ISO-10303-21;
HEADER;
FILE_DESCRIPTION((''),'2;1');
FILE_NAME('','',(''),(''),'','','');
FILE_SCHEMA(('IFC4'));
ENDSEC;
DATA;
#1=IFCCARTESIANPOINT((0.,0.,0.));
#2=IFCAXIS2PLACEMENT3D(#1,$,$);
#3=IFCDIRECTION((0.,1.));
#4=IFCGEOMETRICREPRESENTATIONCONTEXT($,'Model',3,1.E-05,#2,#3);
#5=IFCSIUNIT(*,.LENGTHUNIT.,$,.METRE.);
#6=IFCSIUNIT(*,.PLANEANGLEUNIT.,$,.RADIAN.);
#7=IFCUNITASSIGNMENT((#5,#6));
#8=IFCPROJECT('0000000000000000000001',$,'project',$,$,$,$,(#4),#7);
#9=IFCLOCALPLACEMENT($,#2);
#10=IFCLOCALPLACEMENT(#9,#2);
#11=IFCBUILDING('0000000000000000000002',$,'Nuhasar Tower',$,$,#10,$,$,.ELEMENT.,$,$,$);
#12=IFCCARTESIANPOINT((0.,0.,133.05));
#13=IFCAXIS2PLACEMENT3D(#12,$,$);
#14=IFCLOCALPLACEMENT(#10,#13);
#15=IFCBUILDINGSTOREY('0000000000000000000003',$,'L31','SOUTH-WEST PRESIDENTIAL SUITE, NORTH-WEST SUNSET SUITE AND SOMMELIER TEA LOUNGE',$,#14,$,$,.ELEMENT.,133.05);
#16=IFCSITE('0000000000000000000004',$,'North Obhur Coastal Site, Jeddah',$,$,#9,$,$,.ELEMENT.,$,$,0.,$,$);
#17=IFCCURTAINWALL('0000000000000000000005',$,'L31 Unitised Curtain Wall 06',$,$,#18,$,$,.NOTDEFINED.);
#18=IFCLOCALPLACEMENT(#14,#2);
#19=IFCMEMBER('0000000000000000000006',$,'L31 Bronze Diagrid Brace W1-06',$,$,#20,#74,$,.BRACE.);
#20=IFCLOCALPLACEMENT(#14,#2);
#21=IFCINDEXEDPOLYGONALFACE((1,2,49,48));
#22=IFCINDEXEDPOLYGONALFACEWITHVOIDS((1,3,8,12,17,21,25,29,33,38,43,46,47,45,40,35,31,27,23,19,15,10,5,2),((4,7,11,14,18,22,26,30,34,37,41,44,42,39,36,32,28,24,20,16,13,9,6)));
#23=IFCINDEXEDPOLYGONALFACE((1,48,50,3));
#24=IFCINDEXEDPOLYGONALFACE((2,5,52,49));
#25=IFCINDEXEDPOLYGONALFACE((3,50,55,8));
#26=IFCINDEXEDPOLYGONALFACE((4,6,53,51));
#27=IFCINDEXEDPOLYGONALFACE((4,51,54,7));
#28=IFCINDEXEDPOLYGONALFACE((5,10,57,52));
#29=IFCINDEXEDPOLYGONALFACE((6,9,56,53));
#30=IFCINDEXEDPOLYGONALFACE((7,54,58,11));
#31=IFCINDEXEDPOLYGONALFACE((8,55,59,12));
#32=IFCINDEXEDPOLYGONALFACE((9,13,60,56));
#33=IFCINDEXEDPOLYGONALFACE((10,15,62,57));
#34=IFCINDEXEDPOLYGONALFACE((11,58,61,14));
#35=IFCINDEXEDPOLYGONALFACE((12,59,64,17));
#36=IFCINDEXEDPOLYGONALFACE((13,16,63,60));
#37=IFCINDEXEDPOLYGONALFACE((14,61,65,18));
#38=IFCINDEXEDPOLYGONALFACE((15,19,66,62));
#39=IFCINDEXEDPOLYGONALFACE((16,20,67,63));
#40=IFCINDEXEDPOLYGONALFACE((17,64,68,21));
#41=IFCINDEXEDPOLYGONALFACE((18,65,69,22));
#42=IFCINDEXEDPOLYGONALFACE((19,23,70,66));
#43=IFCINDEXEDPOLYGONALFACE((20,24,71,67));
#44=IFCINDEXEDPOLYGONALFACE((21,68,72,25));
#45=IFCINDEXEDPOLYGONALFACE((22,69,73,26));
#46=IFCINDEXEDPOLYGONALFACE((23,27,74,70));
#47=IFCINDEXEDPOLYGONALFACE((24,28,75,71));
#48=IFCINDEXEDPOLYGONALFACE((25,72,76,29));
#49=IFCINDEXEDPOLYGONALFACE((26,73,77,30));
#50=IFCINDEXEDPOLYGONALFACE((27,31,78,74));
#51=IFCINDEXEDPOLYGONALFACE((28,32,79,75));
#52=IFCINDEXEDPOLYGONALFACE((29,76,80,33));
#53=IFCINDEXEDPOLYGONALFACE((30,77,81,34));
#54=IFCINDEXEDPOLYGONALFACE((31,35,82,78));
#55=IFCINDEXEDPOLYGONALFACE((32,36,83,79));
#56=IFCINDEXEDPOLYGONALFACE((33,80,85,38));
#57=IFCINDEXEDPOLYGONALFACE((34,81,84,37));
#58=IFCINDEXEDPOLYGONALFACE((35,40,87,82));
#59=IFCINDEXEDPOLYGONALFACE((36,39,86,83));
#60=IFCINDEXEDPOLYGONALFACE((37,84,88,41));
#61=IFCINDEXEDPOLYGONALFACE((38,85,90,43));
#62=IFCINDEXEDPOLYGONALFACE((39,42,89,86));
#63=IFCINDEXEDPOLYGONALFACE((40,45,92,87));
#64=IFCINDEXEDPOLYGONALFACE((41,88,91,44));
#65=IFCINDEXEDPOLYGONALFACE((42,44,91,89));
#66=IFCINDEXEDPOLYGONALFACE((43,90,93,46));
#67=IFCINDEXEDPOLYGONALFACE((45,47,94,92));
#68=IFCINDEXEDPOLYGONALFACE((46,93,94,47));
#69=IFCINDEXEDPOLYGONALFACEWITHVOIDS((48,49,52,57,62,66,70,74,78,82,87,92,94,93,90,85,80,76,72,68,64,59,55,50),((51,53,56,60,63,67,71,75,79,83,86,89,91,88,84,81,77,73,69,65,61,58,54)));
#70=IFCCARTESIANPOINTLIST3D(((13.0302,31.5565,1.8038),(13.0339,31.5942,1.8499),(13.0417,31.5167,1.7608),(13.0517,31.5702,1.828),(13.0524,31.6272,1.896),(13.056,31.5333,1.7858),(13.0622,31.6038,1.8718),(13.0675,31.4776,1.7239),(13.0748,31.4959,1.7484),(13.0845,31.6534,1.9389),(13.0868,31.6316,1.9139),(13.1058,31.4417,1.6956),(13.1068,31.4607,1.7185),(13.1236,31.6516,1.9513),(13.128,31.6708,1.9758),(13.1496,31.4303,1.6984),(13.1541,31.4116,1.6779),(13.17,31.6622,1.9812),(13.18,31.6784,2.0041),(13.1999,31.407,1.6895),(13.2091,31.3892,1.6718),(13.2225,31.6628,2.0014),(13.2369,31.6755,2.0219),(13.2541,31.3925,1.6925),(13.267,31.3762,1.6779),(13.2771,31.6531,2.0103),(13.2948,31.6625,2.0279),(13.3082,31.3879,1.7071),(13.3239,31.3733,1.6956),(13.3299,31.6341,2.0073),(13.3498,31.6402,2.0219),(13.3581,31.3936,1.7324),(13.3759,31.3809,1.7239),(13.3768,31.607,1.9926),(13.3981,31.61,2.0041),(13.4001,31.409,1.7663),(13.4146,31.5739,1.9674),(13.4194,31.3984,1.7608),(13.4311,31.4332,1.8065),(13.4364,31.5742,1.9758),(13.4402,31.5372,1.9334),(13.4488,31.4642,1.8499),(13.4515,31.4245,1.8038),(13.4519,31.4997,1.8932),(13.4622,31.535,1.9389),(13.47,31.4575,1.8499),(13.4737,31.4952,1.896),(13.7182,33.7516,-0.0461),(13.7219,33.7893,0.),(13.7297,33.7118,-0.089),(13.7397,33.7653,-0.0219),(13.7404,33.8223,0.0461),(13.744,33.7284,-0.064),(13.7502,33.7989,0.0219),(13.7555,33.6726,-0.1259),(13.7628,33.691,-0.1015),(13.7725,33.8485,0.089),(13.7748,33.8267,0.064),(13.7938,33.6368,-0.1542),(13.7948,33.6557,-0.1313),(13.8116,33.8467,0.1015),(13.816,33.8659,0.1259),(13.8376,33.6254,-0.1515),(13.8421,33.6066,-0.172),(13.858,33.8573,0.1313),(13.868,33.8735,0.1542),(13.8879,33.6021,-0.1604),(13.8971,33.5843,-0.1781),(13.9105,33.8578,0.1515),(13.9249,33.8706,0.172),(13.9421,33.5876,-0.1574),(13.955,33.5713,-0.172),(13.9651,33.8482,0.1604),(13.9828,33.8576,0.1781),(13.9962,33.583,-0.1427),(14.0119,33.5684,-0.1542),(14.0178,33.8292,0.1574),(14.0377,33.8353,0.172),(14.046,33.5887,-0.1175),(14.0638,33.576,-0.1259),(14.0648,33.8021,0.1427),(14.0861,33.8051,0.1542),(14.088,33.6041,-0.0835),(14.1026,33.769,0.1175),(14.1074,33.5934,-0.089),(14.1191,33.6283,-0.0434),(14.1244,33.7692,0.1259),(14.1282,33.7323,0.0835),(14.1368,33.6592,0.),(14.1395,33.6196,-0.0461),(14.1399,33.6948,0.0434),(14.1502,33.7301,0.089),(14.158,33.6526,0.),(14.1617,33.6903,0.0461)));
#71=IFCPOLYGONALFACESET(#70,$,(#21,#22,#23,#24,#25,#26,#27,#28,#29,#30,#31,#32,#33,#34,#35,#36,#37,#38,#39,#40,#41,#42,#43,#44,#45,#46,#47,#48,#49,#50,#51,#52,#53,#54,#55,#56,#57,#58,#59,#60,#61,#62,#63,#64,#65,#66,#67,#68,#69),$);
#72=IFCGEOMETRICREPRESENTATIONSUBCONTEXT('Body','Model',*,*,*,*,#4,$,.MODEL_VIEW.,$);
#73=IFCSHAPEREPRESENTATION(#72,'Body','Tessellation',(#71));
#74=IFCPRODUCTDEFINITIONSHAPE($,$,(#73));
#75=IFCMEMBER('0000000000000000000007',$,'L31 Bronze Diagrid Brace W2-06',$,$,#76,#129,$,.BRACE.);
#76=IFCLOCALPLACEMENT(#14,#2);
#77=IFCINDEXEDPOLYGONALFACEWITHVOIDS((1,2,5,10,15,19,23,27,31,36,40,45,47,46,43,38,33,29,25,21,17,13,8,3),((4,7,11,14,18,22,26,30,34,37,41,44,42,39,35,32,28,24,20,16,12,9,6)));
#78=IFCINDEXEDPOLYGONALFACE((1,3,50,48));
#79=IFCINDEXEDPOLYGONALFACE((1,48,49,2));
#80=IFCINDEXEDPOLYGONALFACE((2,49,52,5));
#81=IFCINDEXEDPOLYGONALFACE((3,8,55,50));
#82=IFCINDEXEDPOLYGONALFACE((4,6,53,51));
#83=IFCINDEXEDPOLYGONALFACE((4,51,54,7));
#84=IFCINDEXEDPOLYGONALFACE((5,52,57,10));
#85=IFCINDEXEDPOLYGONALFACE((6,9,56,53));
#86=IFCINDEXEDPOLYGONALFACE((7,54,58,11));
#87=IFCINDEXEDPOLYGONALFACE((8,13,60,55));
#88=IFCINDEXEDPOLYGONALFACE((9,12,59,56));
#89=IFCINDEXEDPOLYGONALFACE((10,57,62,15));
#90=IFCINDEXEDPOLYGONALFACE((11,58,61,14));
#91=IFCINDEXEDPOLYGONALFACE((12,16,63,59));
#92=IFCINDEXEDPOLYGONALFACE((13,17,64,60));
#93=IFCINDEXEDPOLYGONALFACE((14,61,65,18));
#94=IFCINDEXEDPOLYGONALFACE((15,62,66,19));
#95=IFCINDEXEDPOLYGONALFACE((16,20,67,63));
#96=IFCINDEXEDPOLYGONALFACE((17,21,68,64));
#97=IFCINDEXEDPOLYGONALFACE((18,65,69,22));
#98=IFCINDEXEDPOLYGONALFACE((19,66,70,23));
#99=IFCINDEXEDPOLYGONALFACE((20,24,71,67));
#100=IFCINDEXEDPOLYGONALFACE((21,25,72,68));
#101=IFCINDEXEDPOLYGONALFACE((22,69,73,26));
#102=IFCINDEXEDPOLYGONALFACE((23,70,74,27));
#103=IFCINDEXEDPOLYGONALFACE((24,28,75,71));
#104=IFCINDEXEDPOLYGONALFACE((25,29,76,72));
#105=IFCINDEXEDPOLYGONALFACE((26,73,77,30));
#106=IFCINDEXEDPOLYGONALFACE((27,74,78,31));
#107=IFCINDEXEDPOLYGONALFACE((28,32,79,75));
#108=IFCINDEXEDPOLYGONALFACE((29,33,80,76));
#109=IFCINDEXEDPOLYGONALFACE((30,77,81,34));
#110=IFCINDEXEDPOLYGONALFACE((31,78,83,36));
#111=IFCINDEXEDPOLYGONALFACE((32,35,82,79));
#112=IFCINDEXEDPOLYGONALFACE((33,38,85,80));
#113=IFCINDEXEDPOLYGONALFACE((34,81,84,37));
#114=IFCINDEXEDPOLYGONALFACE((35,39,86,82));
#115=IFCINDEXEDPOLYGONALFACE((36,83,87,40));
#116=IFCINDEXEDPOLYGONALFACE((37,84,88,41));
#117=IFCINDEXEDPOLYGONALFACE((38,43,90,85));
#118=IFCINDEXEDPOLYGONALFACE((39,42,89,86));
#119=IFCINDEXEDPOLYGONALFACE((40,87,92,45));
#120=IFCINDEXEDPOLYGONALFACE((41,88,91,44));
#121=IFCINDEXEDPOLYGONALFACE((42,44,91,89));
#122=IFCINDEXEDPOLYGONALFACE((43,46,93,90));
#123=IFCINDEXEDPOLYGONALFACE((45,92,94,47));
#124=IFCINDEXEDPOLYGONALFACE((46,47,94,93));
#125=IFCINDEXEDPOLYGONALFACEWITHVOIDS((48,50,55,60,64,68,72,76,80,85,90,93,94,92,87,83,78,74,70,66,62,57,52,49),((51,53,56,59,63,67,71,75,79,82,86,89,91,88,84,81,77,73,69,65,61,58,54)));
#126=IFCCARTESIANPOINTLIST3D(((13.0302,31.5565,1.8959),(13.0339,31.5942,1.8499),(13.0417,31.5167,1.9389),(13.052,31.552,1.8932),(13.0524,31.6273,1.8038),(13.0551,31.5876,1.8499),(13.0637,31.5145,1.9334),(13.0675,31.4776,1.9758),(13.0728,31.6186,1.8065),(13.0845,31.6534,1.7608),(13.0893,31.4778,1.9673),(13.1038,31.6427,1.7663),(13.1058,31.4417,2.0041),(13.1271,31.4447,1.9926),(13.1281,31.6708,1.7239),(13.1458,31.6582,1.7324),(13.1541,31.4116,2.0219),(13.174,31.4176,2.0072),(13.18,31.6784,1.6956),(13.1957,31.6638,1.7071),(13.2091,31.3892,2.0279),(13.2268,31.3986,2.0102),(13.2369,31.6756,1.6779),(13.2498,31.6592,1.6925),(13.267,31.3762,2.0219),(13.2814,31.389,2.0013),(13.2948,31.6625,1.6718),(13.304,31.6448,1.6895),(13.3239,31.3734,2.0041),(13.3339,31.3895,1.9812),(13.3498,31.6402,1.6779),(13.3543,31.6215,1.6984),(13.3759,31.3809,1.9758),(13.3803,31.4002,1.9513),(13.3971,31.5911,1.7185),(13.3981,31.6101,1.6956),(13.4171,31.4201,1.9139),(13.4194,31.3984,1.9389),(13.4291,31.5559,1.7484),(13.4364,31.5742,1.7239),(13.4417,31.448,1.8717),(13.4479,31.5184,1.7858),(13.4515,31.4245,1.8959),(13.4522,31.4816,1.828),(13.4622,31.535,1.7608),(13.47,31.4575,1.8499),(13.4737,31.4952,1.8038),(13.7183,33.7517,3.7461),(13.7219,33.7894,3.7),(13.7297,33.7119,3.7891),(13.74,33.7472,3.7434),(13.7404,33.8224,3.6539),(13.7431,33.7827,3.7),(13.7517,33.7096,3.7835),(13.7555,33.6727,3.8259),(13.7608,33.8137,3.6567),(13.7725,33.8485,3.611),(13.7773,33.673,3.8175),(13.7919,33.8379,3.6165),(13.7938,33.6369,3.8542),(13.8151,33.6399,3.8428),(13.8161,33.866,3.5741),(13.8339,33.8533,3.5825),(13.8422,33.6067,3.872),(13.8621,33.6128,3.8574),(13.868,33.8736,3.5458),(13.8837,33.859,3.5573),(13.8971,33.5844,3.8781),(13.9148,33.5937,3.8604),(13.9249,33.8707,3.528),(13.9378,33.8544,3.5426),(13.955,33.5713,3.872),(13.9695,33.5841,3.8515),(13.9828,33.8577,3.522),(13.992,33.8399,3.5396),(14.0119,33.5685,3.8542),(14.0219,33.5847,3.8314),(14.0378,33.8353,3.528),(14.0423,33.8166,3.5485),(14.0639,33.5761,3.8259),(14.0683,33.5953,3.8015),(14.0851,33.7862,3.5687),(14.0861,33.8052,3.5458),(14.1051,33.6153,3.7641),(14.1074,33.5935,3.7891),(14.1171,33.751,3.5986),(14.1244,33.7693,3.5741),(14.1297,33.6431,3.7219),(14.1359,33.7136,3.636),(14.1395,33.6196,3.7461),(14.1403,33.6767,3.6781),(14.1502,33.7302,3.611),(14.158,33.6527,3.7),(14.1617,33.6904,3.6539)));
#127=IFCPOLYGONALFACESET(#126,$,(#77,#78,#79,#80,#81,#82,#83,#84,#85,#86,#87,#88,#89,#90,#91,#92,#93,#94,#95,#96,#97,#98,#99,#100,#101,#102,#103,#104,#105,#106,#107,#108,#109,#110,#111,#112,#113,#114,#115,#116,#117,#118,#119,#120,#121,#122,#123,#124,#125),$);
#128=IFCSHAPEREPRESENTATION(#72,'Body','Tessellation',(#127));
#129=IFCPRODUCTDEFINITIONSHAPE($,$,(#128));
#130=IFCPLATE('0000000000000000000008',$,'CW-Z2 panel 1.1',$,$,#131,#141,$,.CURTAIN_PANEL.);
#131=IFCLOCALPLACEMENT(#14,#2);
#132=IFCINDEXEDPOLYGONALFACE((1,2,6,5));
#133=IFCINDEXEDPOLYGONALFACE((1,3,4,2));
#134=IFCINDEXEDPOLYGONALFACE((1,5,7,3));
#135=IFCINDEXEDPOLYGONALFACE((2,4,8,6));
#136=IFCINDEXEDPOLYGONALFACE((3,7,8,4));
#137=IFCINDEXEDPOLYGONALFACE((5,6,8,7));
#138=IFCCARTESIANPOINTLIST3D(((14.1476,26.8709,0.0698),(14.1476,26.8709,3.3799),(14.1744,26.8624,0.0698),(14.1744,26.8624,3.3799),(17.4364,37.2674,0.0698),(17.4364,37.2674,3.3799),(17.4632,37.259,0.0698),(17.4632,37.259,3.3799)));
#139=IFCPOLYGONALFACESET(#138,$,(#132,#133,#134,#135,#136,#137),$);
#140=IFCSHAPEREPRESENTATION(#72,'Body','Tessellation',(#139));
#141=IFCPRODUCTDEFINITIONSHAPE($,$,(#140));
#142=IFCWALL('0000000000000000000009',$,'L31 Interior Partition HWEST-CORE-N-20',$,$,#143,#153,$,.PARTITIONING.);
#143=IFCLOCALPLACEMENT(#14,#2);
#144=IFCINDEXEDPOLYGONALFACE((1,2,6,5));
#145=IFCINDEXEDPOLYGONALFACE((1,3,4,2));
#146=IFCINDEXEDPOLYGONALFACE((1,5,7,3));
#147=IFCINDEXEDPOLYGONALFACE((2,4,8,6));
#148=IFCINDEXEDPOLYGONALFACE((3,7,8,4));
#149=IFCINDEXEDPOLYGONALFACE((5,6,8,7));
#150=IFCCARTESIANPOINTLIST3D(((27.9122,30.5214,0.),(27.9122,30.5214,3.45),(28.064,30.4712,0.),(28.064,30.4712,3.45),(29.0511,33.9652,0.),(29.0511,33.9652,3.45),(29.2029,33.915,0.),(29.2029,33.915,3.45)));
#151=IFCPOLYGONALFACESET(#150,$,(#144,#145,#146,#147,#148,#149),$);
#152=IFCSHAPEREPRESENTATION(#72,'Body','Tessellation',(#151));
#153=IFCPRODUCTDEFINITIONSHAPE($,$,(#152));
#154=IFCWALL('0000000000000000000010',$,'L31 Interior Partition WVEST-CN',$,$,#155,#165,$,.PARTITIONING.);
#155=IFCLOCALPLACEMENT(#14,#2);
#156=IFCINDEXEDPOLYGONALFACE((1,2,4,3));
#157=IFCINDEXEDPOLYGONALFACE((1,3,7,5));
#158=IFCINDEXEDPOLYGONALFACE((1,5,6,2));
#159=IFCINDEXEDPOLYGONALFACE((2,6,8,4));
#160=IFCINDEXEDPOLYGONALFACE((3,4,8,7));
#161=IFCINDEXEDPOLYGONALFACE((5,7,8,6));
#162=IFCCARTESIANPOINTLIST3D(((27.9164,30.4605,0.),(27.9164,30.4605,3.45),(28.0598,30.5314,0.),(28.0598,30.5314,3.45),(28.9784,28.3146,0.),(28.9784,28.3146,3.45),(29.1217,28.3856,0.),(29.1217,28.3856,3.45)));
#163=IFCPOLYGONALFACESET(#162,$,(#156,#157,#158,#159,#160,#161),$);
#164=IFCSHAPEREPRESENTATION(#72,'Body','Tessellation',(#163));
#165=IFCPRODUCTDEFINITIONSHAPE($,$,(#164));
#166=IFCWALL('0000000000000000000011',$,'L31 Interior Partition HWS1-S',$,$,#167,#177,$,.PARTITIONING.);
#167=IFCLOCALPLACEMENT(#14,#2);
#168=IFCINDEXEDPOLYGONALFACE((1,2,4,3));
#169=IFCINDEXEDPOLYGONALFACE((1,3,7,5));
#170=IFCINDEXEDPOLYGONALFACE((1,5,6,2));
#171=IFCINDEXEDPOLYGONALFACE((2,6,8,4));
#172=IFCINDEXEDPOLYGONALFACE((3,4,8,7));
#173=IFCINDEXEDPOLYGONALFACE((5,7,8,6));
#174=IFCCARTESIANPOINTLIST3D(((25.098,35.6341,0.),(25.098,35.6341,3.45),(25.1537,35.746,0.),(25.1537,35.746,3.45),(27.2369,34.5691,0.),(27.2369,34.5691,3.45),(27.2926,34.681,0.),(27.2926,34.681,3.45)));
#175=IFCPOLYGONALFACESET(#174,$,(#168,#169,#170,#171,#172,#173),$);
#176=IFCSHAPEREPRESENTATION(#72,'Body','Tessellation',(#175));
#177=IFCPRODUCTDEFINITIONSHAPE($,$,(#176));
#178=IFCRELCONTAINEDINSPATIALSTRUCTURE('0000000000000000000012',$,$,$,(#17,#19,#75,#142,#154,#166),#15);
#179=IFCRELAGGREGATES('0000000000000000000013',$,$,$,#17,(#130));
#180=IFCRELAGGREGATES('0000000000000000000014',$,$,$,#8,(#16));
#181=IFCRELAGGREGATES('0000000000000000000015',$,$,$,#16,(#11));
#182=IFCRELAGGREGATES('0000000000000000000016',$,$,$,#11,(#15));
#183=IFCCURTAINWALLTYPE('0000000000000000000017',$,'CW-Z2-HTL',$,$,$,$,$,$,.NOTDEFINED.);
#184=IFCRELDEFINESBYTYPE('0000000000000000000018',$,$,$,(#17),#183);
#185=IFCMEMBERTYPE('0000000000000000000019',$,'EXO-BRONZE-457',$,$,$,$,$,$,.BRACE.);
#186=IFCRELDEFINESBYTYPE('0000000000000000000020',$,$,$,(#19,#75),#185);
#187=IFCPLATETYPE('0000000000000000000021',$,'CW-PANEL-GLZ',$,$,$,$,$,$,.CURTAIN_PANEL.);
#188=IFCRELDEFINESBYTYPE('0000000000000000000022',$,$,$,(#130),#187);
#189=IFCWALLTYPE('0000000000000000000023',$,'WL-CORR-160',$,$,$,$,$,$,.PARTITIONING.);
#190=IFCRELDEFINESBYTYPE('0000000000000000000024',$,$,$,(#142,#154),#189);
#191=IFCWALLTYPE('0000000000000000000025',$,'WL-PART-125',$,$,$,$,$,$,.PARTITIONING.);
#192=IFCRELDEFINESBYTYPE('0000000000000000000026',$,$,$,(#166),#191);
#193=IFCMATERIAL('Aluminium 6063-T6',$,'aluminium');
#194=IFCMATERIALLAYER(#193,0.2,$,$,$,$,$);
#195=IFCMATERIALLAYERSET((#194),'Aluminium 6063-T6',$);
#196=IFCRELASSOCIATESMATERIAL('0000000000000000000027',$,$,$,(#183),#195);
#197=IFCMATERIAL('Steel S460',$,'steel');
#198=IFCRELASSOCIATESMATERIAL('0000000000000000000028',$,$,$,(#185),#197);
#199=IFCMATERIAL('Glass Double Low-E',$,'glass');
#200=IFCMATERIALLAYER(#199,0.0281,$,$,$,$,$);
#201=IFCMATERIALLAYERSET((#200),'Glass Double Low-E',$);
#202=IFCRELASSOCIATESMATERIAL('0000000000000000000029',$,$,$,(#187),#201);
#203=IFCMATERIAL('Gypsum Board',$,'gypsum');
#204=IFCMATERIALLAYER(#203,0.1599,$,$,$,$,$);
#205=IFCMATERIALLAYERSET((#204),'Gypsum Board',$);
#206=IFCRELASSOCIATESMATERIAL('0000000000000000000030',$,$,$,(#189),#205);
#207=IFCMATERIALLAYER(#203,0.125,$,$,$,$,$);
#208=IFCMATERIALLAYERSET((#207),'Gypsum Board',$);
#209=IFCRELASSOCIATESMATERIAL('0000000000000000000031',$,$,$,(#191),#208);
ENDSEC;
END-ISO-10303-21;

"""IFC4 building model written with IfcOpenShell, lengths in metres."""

from ifc_helpers import new_model, si_unit, direction, frame, frame_2d, origin, origin_2d, place, context, subcontext, project, spatial, rectangle, hollow_circle, extrude, material, layer, layer_set, material_profile, profile_set, type_object, element, aggregate, save


model = new_model("IFC4")

# Units and contexts
model_context = context("Model", 3, precision=1e-05, world=origin(), true_north=direction((0.0, 1.0)))
body_context = subcontext(model_context, "Body", "Model", "MODEL_VIEW")
ifc_project = project(units=[si_unit("LENGTHUNIT", "METRE"), si_unit("PLANEANGLEUNIT", "RADIAN")], contexts=[model_context])

# Site, building, storey
site_placement = place(None, origin())
site = spatial("IfcSite", under=ifc_project, at=site_placement, Name="North Obhur Coastal Site, Jeddah", CompositionType="ELEMENT", RefElevation=0.0)
building_placement = place(site_placement, origin())
building = spatial("IfcBuilding", under=site, at=building_placement, Name="Nuhasar Tower", CompositionType="ELEMENT")
storey_placement = place(building_placement, frame((0.0, 0.0, 133.05)))
storey = spatial("IfcBuildingStorey", under=building, at=storey_placement, Name="L31", Description="SOUTH-WEST PRESIDENTIAL SUITE, NORTH-WEST SUNSET SUITE AND SOMMELIER TEA LOUNGE", CompositionType="ELEMENT", Elevation=133.05)

# Curtain wall
ifc_material_1 = material(Name="Aluminium 6063-T6", Category="aluminium")
ifc_layer_1 = layer(ifc_material_1, 0.2)
ifc_layer_set_1 = layer_set([ifc_layer_1], Name="Aluminium 6063-T6")
curtain_wall_type = type_object("IfcCurtainWallType", Name="CW-Z2-HTL", PredefinedType="NOTDEFINED", material=ifc_layer_set_1)
curtain_wall_placement = place(storey_placement, origin())
curtain_wall = element("IfcCurtainWall", 1, at=curtain_wall_placement, inside=storey, type_object=curtain_wall_type, Name="L31 Unitised Curtain Wall 06", PredefinedType="NOTDEFINED")

# Members
ifc_material_2 = material(Name="Steel S460", Category="steel")
ifc_material_profile_1 = material_profile(ifc_material_2, hollow_circle(Radius=0.2285, WallThickness=0.0222, at=origin_2d()), Name="HSS457X22.2")
ifc_profile_set_1 = profile_set([ifc_material_profile_1], Name="Steel S460")
member_type_1 = type_object("IfcMemberType", Name="EXO-BRONZE-457", PredefinedType="BRACE", material=ifc_profile_set_1)
member_1_placement = place(storey_placement, frame((13.9399, 33.7209, 0.0), z_axis=(-0.233068, -0.743616, 0.626669), x_axis=(0.954228, -0.299079, 0.0)))
element("IfcMember", 2, at=member_1_placement, inside=storey, type_object=member_type_1, Name="L31 Bronze Diagrid Brace W1-06", PredefinedType="BRACE", context=body_context, shape_type="SweptSolid", body=[
    extrude(hollow_circle(Radius=0.2285, WallThickness=0.0222, at=origin_2d()), origin(), (0.0, 0.0, 1.0), 2.9519),
])
member_2_placement = place(storey_placement, frame((13.252, 31.5259, 1.8499), z_axis=(0.233056, 0.743578, 0.626719), x_axis=(-0.954228, 0.299079, 0.0)))
element("IfcMember", 3, at=member_2_placement, inside=storey, type_object=member_type_1, Name="L31 Bronze Diagrid Brace W2-06", PredefinedType="BRACE", context=body_context, shape_type="SweptSolid", body=[
    extrude(hollow_circle(Radius=0.2285, WallThickness=0.0222, at=origin_2d()), origin(), (0.0, 0.0, 1.0), 2.9521),
])

# Plate
ifc_material_3 = material(Name="Glass Double Low-E", Category="glass")
ifc_layer_2 = layer(ifc_material_3, 0.0281)
ifc_layer_set_2 = layer_set([ifc_layer_2], Name="Glass Double Low-E")
plate_type = type_object("IfcPlateType", Name="CW-PANEL-GLZ", PredefinedType="CURTAIN_PANEL", material=ifc_layer_set_2)
plate_placement = place(storey_placement, frame((15.8054, 32.0649, 0.0698), z_axis=(0.0, 0.0, 1.0), x_axis=(-0.301604, -0.953433, 0.0)))
plate = element("IfcPlate", 4, at=plate_placement, type_object=plate_type, Name="CW-Z2 panel 1.1", PredefinedType="CURTAIN_PANEL", context=body_context, shape_type="SweptSolid", body=[
    extrude(rectangle(XDim=10.9043, YDim=0.0281, at=origin_2d()), origin(), (0.0, 0.0, 1.0), 3.3101),
])
aggregate(curtain_wall, [plate])

# Wall
ifc_material_4 = material(Name="Gypsum Board", Category="gypsum")
ifc_layer_3 = layer(ifc_material_4, 0.1599)
ifc_layer_set_3 = layer_set([ifc_layer_3], Name="Gypsum Board")
wall_type_1 = type_object("IfcWallType", Name="WL-CORR-160", PredefinedType="PARTITIONING", material=ifc_layer_set_3)
wall_1_placement = place(storey_placement, frame((29.127, 33.9399, 0.0), z_axis=(0.0, 0.0, 1.0), x_axis=(-0.313986, -0.949428, 0.0)))
element("IfcWall", 5, at=wall_1_placement, inside=storey, type_object=wall_type_1, Name="L31 Interior Partition HWEST-CORE-N-20", PredefinedType="PARTITIONING", context=body_context, shape_type="SweptSolid", body=[
    extrude(rectangle(XDim=3.6272, YDim=0.1599, at=frame_2d((1.8135, 0.0))), origin(), (0.0, 0.0, 1.0), 3.45),
])

# Walls
wall_2_placement = place(storey_placement, frame((27.988, 30.4961, 0.0), z_axis=(0.0, 0.0, 1.0), x_axis=(0.443539, -0.896255, 0.0)))
element("IfcWall", 6, at=wall_2_placement, inside=storey, type_object=wall_type_1, Name="L31 Interior Partition WVEST-CN", PredefinedType="PARTITIONING", context=body_context, shape_type="SweptSolid", body=[
    extrude(rectangle(XDim=2.3943, YDim=0.1599, at=frame_2d((1.1973, 0.0))), origin(), (0.0, 0.0, 1.0), 3.45),
])
ifc_layer_4 = layer(ifc_material_4, 0.125)
ifc_layer_set_4 = layer_set([ifc_layer_4], Name="Gypsum Board")
wall_type_2 = type_object("IfcWallType", Name="WL-PART-125", PredefinedType="PARTITIONING", material=ifc_layer_set_4)
wall_3_placement = place(storey_placement, frame((27.2649, 34.625, 0.0), z_axis=(0.0, 0.0, 1.0), x_axis=(-0.895182, 0.445701, 0.0)))
element("IfcWall", 7, at=wall_3_placement, inside=storey, type_object=wall_type_2, Name="L31 Interior Partition HWS1-S", PredefinedType="PARTITIONING", context=body_context, shape_type="SweptSolid", body=[
    extrude(rectangle(XDim=2.3894, YDim=0.125, at=frame_2d((1.1948, 0.0))), origin(), (0.0, 0.0, 1.0), 3.45),
])

save(model, "model.ifc")
